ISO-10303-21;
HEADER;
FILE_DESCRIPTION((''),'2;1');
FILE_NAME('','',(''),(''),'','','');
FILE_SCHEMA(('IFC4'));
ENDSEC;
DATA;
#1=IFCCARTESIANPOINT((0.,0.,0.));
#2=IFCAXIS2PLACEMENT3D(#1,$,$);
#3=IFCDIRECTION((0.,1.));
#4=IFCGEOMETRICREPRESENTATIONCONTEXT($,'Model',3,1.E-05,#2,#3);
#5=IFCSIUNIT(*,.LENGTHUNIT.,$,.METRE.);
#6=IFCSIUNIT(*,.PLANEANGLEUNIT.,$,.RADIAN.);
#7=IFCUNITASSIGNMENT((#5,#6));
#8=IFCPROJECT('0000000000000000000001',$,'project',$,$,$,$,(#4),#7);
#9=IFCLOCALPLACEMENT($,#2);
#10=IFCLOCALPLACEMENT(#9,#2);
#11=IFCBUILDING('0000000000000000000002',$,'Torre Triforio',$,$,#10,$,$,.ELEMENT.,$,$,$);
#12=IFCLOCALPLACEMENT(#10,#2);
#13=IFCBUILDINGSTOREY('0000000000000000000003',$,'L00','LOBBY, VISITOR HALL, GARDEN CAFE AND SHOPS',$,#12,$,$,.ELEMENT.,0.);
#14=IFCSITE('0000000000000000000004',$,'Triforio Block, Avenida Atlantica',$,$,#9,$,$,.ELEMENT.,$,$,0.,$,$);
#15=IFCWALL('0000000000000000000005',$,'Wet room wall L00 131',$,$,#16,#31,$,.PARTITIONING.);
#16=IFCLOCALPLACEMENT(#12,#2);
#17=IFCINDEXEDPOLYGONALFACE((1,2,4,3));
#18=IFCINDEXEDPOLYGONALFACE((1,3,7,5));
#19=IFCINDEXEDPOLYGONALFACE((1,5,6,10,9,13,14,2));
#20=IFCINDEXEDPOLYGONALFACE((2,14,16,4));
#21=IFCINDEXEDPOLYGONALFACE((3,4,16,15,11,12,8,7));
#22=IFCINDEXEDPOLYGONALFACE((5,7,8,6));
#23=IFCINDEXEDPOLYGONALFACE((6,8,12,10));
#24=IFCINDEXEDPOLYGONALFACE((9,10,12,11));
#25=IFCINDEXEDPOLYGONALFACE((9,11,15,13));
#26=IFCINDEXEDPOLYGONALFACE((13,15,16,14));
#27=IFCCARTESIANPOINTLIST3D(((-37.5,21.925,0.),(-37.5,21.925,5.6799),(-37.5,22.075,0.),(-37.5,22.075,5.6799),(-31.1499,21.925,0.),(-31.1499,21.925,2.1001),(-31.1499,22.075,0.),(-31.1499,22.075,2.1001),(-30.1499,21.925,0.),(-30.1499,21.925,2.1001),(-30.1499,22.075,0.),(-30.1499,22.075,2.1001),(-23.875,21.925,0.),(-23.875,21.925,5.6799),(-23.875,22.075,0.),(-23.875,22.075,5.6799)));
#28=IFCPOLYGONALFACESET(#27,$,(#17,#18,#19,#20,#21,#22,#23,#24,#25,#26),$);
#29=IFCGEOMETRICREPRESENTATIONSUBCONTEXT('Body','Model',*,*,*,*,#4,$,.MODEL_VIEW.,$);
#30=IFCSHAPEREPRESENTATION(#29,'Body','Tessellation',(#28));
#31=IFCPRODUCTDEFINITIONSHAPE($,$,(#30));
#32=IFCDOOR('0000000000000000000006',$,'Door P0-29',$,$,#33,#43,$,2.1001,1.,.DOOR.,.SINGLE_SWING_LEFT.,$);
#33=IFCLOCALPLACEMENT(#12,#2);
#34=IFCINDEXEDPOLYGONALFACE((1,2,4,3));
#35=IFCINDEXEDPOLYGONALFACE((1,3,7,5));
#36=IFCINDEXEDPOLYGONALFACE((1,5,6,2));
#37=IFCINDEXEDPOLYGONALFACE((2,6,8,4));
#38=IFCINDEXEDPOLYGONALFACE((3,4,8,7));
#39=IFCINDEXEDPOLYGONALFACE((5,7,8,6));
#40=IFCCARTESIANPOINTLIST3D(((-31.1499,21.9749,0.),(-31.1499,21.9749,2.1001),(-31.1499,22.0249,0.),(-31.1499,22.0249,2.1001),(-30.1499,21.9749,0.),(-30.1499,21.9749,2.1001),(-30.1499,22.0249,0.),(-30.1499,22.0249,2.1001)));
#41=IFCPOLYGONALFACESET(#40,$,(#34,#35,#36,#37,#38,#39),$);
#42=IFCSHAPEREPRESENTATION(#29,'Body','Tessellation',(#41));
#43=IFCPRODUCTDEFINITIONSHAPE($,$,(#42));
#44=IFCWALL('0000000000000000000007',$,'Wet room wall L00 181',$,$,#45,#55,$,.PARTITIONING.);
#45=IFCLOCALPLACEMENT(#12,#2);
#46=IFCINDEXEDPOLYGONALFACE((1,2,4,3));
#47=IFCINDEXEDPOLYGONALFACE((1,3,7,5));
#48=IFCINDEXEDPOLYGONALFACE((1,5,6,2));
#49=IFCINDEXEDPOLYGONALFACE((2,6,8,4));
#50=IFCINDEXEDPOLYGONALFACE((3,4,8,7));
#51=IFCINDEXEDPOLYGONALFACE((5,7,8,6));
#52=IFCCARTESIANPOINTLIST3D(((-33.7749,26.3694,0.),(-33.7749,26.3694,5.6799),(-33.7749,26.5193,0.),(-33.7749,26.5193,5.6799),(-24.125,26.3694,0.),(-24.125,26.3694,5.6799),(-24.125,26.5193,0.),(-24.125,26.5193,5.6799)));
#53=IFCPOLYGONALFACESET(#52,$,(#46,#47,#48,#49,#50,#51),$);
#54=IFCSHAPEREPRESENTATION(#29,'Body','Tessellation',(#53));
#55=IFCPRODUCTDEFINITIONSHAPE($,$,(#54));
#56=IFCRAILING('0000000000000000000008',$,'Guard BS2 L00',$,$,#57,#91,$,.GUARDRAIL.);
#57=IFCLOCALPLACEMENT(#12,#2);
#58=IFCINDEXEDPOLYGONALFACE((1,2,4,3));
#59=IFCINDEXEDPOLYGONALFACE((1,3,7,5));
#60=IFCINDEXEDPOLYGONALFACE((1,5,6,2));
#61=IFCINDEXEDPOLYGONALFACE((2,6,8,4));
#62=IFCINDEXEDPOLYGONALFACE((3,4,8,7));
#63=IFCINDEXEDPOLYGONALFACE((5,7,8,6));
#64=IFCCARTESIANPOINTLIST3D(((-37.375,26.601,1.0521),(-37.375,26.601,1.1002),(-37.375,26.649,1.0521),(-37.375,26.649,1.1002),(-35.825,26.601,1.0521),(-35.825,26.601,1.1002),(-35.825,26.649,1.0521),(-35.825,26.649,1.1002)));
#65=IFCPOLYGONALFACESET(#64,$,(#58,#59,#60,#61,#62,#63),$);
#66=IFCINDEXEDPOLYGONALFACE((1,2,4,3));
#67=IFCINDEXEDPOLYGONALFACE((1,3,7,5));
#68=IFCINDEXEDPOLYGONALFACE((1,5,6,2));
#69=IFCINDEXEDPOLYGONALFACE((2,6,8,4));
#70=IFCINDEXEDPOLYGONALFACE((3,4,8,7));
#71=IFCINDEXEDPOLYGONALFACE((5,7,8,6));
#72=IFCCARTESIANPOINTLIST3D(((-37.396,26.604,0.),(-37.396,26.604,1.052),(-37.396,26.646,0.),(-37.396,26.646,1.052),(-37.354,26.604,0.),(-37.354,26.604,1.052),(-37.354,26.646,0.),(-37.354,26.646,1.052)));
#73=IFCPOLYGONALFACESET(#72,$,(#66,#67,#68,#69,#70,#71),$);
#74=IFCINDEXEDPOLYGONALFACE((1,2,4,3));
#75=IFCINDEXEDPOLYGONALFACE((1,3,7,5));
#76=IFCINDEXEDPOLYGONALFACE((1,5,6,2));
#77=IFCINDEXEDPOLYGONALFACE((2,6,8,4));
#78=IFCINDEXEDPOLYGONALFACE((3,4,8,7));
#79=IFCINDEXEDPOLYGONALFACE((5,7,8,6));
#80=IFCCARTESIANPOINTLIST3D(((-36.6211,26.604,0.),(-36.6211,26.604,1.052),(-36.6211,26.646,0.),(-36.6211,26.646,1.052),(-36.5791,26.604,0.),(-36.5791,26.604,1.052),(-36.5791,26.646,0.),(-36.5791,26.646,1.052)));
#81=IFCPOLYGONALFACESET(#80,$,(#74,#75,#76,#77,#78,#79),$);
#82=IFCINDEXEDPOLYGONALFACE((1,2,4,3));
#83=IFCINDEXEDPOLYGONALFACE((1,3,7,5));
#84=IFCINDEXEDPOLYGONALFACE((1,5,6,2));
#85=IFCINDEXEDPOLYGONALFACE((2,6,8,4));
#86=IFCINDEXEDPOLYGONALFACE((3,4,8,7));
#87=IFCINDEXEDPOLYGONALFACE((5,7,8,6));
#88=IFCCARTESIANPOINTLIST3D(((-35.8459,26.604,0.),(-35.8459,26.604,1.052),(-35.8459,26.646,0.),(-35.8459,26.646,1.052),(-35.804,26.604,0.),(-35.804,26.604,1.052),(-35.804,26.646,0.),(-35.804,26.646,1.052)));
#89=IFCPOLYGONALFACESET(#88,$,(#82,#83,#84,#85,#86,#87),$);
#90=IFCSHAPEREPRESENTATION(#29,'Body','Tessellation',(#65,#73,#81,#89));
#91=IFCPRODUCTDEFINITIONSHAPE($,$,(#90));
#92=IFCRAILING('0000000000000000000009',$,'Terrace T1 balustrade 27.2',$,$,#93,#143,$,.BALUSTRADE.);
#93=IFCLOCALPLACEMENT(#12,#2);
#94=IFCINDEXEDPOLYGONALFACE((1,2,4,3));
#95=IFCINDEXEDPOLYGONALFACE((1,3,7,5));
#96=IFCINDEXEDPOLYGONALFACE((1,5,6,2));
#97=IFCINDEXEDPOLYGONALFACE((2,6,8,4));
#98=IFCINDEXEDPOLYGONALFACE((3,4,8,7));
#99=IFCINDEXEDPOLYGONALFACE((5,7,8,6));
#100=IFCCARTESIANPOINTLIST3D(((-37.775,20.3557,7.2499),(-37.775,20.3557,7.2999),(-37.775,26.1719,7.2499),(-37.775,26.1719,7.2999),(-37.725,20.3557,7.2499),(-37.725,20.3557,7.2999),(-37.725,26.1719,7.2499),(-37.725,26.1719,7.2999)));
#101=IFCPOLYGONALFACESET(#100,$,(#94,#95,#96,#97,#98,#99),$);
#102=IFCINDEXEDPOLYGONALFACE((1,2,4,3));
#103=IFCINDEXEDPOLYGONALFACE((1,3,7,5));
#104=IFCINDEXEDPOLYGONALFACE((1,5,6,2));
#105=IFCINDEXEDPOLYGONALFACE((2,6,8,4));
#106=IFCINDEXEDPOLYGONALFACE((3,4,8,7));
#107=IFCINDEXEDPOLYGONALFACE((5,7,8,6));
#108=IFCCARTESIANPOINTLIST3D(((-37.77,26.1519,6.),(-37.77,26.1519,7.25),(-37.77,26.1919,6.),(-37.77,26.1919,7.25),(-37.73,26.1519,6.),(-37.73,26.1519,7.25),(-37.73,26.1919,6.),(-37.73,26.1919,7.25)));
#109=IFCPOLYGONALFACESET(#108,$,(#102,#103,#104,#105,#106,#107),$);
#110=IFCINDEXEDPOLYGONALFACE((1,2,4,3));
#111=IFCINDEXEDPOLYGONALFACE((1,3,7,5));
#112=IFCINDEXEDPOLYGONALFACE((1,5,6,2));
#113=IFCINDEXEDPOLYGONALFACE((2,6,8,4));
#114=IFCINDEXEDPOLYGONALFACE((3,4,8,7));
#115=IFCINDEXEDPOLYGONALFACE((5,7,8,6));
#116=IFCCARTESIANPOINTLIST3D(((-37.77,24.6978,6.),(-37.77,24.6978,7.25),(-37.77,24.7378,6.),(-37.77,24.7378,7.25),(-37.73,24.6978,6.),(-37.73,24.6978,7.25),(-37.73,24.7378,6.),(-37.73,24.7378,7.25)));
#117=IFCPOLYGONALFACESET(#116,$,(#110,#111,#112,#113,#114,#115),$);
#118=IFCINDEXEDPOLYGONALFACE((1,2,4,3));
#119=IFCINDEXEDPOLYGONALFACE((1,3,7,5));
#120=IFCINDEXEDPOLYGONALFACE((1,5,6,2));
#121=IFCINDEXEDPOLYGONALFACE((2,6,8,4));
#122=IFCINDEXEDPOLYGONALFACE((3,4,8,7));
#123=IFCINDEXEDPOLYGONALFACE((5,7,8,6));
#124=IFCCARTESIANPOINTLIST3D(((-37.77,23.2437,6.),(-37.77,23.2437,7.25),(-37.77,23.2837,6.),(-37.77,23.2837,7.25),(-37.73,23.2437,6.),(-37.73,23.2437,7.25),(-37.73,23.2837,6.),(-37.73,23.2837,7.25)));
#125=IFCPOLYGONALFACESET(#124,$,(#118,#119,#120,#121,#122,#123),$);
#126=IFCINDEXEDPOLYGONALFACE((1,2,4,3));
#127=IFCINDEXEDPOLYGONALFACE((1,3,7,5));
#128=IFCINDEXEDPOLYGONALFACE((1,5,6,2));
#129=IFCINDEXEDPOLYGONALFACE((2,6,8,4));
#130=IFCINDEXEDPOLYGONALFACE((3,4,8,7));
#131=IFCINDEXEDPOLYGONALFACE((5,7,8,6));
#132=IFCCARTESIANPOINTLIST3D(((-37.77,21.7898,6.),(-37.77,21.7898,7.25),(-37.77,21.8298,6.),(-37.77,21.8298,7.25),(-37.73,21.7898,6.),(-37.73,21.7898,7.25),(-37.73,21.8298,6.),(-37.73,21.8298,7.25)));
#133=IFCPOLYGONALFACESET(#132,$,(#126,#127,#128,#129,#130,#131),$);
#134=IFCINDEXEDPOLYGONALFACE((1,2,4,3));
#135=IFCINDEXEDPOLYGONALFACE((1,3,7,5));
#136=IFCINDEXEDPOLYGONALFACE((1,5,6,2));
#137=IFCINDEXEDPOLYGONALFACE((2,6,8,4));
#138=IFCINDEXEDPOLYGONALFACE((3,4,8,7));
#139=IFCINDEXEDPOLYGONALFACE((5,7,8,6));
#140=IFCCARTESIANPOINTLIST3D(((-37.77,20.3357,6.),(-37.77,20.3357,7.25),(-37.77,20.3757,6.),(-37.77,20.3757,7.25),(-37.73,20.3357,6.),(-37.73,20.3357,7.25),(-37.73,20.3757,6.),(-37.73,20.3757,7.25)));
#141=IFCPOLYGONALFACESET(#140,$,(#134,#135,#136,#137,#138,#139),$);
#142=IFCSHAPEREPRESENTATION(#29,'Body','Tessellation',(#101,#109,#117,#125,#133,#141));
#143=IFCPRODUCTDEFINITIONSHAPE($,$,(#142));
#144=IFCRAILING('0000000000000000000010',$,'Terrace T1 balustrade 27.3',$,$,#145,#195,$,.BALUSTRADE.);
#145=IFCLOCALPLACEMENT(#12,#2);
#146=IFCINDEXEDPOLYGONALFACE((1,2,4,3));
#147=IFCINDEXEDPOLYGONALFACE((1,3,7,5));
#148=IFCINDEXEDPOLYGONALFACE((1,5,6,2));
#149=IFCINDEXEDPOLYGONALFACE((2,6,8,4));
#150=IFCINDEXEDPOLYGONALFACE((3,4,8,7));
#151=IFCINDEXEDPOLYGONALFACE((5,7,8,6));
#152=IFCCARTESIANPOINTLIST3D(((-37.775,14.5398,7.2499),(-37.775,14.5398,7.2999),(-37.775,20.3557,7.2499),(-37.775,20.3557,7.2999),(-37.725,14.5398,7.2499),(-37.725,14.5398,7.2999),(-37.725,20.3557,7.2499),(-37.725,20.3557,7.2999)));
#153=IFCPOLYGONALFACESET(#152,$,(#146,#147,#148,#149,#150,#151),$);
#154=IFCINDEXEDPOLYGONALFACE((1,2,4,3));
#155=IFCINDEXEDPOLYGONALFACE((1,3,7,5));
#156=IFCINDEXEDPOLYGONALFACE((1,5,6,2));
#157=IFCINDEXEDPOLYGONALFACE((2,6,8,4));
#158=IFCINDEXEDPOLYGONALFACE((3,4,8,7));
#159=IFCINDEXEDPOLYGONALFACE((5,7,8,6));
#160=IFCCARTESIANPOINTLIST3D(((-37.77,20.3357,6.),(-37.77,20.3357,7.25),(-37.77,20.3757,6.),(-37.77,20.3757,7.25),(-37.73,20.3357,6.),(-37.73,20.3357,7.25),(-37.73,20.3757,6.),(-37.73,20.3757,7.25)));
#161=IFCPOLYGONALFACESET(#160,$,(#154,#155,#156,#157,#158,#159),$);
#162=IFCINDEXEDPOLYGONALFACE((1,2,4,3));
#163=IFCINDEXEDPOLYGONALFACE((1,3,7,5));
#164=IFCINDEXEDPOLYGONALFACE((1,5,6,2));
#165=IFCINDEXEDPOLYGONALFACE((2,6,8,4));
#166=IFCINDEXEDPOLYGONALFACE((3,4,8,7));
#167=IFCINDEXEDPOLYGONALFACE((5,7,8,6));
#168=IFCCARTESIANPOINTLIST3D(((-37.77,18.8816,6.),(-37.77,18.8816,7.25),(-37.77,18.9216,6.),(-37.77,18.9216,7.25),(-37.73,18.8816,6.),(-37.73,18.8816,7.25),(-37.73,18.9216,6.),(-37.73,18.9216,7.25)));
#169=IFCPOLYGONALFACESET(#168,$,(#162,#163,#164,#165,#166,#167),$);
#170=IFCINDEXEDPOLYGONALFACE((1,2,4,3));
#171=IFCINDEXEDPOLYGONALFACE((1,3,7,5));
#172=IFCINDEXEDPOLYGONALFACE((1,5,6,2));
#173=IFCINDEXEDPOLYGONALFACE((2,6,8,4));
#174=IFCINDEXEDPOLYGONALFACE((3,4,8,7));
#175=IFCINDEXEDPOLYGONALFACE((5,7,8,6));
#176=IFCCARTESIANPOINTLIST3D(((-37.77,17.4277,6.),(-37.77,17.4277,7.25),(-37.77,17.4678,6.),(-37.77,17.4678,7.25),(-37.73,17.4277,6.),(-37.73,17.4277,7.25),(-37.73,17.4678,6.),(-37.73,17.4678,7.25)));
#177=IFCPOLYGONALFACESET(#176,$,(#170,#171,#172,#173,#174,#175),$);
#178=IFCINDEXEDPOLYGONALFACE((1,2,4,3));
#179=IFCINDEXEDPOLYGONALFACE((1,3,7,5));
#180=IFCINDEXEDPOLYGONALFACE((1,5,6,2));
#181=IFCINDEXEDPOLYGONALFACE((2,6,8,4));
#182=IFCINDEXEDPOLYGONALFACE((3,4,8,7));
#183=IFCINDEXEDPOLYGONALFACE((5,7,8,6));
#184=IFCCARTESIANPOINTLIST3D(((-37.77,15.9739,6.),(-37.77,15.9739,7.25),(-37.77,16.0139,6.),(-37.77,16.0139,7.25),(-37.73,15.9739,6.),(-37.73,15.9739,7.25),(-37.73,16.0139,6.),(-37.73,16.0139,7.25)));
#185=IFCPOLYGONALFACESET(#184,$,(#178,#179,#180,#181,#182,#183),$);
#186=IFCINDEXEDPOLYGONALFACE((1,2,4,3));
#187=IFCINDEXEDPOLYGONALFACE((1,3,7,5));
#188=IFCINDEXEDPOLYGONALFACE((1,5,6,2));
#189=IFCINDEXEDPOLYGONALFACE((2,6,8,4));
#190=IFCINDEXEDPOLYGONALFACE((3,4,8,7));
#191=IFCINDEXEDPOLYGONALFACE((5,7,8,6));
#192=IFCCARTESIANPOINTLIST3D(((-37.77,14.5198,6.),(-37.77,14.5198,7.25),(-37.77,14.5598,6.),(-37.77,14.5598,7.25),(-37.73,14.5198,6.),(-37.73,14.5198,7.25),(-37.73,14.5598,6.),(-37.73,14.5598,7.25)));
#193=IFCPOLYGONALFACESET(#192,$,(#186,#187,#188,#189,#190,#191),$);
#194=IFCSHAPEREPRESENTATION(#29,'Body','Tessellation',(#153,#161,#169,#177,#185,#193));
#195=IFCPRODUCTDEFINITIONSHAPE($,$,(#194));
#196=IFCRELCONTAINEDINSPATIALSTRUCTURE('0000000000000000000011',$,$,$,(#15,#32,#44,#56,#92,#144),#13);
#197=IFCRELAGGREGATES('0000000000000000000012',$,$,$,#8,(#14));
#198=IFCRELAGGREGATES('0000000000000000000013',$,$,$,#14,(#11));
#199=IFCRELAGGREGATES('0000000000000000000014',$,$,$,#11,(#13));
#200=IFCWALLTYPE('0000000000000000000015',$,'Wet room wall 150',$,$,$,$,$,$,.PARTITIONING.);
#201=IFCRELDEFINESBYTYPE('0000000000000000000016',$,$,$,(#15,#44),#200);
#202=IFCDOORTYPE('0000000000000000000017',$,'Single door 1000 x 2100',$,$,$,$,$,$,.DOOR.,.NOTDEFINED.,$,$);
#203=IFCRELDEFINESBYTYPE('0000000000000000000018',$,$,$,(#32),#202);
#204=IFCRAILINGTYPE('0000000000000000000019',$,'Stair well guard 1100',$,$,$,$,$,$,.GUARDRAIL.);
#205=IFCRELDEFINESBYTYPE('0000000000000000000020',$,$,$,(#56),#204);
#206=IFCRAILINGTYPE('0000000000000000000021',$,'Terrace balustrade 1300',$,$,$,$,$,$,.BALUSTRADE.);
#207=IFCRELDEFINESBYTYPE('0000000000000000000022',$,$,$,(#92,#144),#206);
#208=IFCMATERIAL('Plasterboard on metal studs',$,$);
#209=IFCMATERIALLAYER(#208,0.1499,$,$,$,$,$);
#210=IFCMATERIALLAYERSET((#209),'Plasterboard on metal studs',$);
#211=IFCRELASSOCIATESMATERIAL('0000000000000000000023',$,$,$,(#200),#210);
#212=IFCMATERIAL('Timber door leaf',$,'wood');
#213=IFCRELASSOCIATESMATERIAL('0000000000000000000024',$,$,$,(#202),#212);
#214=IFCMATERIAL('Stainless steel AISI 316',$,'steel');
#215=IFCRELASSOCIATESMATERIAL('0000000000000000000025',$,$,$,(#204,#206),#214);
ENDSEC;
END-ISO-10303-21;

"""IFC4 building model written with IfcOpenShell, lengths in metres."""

from ifc_helpers import new_model, si_unit, direction, frame, frame_2d, origin, origin_2d, place, context, subcontext, project, spatial, rectangle, extrude, material, layer, layer_set, type_object, element, fill, save


model = new_model("IFC4")

# Units and contexts
model_context = context("Model", 3, precision=1e-05, world=origin(), true_north=direction((0.0, 1.0)))
body_context = subcontext(model_context, "Body", "Model", "MODEL_VIEW")
ifc_project = project(units=[si_unit("LENGTHUNIT", "METRE"), si_unit("PLANEANGLEUNIT", "RADIAN")], contexts=[model_context])

# Site, building, storey
site_placement = place(None, origin())
site = spatial("IfcSite", under=ifc_project, at=site_placement, Name="Triforio Block, Avenida Atlantica", CompositionType="ELEMENT", RefElevation=0.0)
building_placement = place(site_placement, origin())
building = spatial("IfcBuilding", under=site, at=building_placement, Name="Torre Triforio", CompositionType="ELEMENT")
storey_placement = place(building_placement, origin())
storey = spatial("IfcBuildingStorey", under=building, at=storey_placement, Name="L00", Description="LOBBY, VISITOR HALL, GARDEN CAFE AND SHOPS", CompositionType="ELEMENT", Elevation=0.0)

# Wall, opening, door
ifc_material_1 = material(Name="Plasterboard on metal studs")
ifc_layer_1 = layer(ifc_material_1, 0.1499)
ifc_layer_set_1 = layer_set([ifc_layer_1], Name="Plasterboard on metal studs")
wall_type_1 = type_object("IfcWallType", Name="Wet room wall 150", PredefinedType="PARTITIONING", material=ifc_layer_set_1)
wall_1_placement = place(storey_placement, frame((-37.5, 22.0, 0.0), z_axis=(0.0, 0.0, 1.0), x_axis=(1.0, 0.0, 0.0)))
wall_1 = element("IfcWall", 1, at=wall_1_placement, inside=storey, type_object=wall_type_1, Name="Wet room wall L00 131", PredefinedType="PARTITIONING", context=body_context, shape_type="SweptSolid", body=[
    extrude(rectangle(XDim=13.625, YDim=0.1499, at=frame_2d((6.8125, 0.0))), origin(), (0.0, 0.0, 1.0), 5.6799),
])
opening_1_placement = place(wall_1_placement, frame((6.3501, 0.0, 0.0)))
opening_1 = element("IfcOpeningElement", 2, at=opening_1_placement, cuts=wall_1, PredefinedType="OPENING", context=body_context, shape_type="SweptSolid", body=[
    extrude(rectangle(XDim=1.0, YDim=2.1001, at=frame_2d((0.5, 1.05))), frame((0.0, 0.085, 0.0), z_axis=(0.0, -1.0, 0.0), x_axis=(1.0, 0.0, 0.0)), (0.0, 0.0, 1.0), 0.1699),
])
ifc_material_2 = material(Name="Timber door leaf", Category="wood")
door_type_1 = type_object("IfcDoorType", Name="Single door 1000 x 2100", OperationType="NOTDEFINED", PredefinedType="DOOR", material=ifc_material_2)
door_1_placement = place(opening_1_placement, origin())
door_1 = element("IfcDoor", 3, at=door_1_placement, inside=storey, type_object=door_type_1, Name="Door P0-29", OperationType="SINGLE_SWING_LEFT", OverallHeight=2.1001, OverallWidth=1.0, PredefinedType="DOOR", context=body_context, shape_type="SweptSolid", body=[
    extrude(rectangle(XDim=1.0, YDim=2.1001, at=frame_2d((0.5, 1.05))), frame((0.0, 0.0249, 0.0), z_axis=(0.0, -1.0, 0.0), x_axis=(1.0, 0.0, 0.0)), (0.0, 0.0, 1.0), 0.05),
])
fill(opening_1, door_1)

# Wall
wall_2_placement = place(storey_placement, frame((-33.7749, 26.4443, 0.0), z_axis=(0.0, 0.0, 1.0), x_axis=(1.0, 0.0, 0.0)))
element("IfcWall", 4, at=wall_2_placement, inside=storey, type_object=wall_type_1, Name="Wet room wall L00 181", PredefinedType="PARTITIONING", context=body_context, shape_type="SweptSolid", body=[
    extrude(rectangle(XDim=9.6499, YDim=0.1499, at=frame_2d((4.825, 0.0))), origin(), (0.0, 0.0, 1.0), 5.6799),
])

# Railings
ifc_material_3 = material(Name="Stainless steel AISI 316", Category="steel")
railing_type_1 = type_object("IfcRailingType", Name="Stair well guard 1100", PredefinedType="GUARDRAIL", material=ifc_material_3)
railing_1_placement = place(storey_placement, frame((-37.375, 26.625, 0.0)))
element("IfcRailing", 5, at=railing_1_placement, inside=storey, type_object=railing_type_1, Name="Guard BS2 L00", PredefinedType="GUARDRAIL", context=body_context, shape_type="SweptSolid", body=[
    extrude(rectangle(XDim=0.0481, YDim=0.0481, at=origin_2d()), frame((0.0, 0.0, 1.0762), z_axis=(1.0, 0.0, 0.0), x_axis=(0.0, 1.0, 0.0)), (0.0, 0.0, 1.0), 1.55),
    extrude(rectangle(XDim=0.042, YDim=0.042, at=origin_2d()), origin(), (0.0, 0.0, 1.0), 1.052),
    extrude(rectangle(XDim=0.042, YDim=0.042, at=origin_2d()), frame((0.7749, 0.0, 0.0)), (0.0, 0.0, 1.0), 1.052),
    extrude(rectangle(XDim=0.042, YDim=0.042, at=origin_2d()), frame((1.55, 0.0, 0.0)), (0.0, 0.0, 1.0), 1.052),
])
railing_type_2 = type_object("IfcRailingType", Name="Terrace balustrade 1300", PredefinedType="BALUSTRADE", material=ifc_material_3)
railing_2_placement = place(storey_placement, frame((-37.75, 26.1719, 6.0)))
element("IfcRailing", 6, at=railing_2_placement, inside=storey, type_object=railing_type_2, Name="Terrace T1 balustrade 27.2", PredefinedType="BALUSTRADE", context=body_context, shape_type="SweptSolid", body=[
    extrude(rectangle(XDim=0.05, YDim=0.05, at=origin_2d()), frame((0.0, 0.0, 1.2749), z_axis=(0.0, -1.0, 0.0), x_axis=(1.0, 0.0, 0.0)), (0.0, 0.0, 1.0), 5.8162),
    extrude(rectangle(XDim=0.04, YDim=0.04, at=origin_2d()), origin(), (0.0, 0.0, 1.0), 1.25),
    extrude(rectangle(XDim=0.04, YDim=0.04, at=origin_2d()), frame((0.0, -1.4541, 0.0)), (0.0, 0.0, 1.0), 1.25),
    extrude(rectangle(XDim=0.04, YDim=0.04, at=origin_2d()), frame((0.0, -2.9082, 0.0)), (0.0, 0.0, 1.0), 1.25),
    extrude(rectangle(XDim=0.04, YDim=0.04, at=origin_2d()), frame((0.0, -4.3621, 0.0)), (0.0, 0.0, 1.0), 1.25),
    extrude(rectangle(XDim=0.04, YDim=0.04, at=origin_2d()), frame((0.0, -5.8162, 0.0)), (0.0, 0.0, 1.0), 1.25),
])
railing_3_placement = place(storey_placement, frame((-37.75, 20.3557, 6.0)))
element("IfcRailing", 7, at=railing_3_placement, inside=storey, type_object=railing_type_2, Name="Terrace T1 balustrade 27.3", PredefinedType="BALUSTRADE", context=body_context, shape_type="SweptSolid", body=[
    extrude(rectangle(XDim=0.05, YDim=0.05, at=origin_2d()), frame((0.0, 0.0, 1.2749), z_axis=(0.0, -1.0, 0.0), x_axis=(1.0, 0.0, 0.0)), (0.0, 0.0, 1.0), 5.8159),
    extrude(rectangle(XDim=0.04, YDim=0.04, at=origin_2d()), origin(), (0.0, 0.0, 1.0), 1.25),
    extrude(rectangle(XDim=0.04, YDim=0.04, at=origin_2d()), frame((0.0, -1.4541, 0.0)), (0.0, 0.0, 1.0), 1.25),
    extrude(rectangle(XDim=0.04, YDim=0.04, at=origin_2d()), frame((0.0, -2.908, 0.0)), (0.0, 0.0, 1.0), 1.25),
    extrude(rectangle(XDim=0.04, YDim=0.04, at=origin_2d()), frame((0.0, -4.3618, 0.0)), (0.0, 0.0, 1.0), 1.25),
    extrude(rectangle(XDim=0.04, YDim=0.04, at=origin_2d()), frame((0.0, -5.8159, 0.0)), (0.0, 0.0, 1.0), 1.25),
])

save(model, "model.ifc")
